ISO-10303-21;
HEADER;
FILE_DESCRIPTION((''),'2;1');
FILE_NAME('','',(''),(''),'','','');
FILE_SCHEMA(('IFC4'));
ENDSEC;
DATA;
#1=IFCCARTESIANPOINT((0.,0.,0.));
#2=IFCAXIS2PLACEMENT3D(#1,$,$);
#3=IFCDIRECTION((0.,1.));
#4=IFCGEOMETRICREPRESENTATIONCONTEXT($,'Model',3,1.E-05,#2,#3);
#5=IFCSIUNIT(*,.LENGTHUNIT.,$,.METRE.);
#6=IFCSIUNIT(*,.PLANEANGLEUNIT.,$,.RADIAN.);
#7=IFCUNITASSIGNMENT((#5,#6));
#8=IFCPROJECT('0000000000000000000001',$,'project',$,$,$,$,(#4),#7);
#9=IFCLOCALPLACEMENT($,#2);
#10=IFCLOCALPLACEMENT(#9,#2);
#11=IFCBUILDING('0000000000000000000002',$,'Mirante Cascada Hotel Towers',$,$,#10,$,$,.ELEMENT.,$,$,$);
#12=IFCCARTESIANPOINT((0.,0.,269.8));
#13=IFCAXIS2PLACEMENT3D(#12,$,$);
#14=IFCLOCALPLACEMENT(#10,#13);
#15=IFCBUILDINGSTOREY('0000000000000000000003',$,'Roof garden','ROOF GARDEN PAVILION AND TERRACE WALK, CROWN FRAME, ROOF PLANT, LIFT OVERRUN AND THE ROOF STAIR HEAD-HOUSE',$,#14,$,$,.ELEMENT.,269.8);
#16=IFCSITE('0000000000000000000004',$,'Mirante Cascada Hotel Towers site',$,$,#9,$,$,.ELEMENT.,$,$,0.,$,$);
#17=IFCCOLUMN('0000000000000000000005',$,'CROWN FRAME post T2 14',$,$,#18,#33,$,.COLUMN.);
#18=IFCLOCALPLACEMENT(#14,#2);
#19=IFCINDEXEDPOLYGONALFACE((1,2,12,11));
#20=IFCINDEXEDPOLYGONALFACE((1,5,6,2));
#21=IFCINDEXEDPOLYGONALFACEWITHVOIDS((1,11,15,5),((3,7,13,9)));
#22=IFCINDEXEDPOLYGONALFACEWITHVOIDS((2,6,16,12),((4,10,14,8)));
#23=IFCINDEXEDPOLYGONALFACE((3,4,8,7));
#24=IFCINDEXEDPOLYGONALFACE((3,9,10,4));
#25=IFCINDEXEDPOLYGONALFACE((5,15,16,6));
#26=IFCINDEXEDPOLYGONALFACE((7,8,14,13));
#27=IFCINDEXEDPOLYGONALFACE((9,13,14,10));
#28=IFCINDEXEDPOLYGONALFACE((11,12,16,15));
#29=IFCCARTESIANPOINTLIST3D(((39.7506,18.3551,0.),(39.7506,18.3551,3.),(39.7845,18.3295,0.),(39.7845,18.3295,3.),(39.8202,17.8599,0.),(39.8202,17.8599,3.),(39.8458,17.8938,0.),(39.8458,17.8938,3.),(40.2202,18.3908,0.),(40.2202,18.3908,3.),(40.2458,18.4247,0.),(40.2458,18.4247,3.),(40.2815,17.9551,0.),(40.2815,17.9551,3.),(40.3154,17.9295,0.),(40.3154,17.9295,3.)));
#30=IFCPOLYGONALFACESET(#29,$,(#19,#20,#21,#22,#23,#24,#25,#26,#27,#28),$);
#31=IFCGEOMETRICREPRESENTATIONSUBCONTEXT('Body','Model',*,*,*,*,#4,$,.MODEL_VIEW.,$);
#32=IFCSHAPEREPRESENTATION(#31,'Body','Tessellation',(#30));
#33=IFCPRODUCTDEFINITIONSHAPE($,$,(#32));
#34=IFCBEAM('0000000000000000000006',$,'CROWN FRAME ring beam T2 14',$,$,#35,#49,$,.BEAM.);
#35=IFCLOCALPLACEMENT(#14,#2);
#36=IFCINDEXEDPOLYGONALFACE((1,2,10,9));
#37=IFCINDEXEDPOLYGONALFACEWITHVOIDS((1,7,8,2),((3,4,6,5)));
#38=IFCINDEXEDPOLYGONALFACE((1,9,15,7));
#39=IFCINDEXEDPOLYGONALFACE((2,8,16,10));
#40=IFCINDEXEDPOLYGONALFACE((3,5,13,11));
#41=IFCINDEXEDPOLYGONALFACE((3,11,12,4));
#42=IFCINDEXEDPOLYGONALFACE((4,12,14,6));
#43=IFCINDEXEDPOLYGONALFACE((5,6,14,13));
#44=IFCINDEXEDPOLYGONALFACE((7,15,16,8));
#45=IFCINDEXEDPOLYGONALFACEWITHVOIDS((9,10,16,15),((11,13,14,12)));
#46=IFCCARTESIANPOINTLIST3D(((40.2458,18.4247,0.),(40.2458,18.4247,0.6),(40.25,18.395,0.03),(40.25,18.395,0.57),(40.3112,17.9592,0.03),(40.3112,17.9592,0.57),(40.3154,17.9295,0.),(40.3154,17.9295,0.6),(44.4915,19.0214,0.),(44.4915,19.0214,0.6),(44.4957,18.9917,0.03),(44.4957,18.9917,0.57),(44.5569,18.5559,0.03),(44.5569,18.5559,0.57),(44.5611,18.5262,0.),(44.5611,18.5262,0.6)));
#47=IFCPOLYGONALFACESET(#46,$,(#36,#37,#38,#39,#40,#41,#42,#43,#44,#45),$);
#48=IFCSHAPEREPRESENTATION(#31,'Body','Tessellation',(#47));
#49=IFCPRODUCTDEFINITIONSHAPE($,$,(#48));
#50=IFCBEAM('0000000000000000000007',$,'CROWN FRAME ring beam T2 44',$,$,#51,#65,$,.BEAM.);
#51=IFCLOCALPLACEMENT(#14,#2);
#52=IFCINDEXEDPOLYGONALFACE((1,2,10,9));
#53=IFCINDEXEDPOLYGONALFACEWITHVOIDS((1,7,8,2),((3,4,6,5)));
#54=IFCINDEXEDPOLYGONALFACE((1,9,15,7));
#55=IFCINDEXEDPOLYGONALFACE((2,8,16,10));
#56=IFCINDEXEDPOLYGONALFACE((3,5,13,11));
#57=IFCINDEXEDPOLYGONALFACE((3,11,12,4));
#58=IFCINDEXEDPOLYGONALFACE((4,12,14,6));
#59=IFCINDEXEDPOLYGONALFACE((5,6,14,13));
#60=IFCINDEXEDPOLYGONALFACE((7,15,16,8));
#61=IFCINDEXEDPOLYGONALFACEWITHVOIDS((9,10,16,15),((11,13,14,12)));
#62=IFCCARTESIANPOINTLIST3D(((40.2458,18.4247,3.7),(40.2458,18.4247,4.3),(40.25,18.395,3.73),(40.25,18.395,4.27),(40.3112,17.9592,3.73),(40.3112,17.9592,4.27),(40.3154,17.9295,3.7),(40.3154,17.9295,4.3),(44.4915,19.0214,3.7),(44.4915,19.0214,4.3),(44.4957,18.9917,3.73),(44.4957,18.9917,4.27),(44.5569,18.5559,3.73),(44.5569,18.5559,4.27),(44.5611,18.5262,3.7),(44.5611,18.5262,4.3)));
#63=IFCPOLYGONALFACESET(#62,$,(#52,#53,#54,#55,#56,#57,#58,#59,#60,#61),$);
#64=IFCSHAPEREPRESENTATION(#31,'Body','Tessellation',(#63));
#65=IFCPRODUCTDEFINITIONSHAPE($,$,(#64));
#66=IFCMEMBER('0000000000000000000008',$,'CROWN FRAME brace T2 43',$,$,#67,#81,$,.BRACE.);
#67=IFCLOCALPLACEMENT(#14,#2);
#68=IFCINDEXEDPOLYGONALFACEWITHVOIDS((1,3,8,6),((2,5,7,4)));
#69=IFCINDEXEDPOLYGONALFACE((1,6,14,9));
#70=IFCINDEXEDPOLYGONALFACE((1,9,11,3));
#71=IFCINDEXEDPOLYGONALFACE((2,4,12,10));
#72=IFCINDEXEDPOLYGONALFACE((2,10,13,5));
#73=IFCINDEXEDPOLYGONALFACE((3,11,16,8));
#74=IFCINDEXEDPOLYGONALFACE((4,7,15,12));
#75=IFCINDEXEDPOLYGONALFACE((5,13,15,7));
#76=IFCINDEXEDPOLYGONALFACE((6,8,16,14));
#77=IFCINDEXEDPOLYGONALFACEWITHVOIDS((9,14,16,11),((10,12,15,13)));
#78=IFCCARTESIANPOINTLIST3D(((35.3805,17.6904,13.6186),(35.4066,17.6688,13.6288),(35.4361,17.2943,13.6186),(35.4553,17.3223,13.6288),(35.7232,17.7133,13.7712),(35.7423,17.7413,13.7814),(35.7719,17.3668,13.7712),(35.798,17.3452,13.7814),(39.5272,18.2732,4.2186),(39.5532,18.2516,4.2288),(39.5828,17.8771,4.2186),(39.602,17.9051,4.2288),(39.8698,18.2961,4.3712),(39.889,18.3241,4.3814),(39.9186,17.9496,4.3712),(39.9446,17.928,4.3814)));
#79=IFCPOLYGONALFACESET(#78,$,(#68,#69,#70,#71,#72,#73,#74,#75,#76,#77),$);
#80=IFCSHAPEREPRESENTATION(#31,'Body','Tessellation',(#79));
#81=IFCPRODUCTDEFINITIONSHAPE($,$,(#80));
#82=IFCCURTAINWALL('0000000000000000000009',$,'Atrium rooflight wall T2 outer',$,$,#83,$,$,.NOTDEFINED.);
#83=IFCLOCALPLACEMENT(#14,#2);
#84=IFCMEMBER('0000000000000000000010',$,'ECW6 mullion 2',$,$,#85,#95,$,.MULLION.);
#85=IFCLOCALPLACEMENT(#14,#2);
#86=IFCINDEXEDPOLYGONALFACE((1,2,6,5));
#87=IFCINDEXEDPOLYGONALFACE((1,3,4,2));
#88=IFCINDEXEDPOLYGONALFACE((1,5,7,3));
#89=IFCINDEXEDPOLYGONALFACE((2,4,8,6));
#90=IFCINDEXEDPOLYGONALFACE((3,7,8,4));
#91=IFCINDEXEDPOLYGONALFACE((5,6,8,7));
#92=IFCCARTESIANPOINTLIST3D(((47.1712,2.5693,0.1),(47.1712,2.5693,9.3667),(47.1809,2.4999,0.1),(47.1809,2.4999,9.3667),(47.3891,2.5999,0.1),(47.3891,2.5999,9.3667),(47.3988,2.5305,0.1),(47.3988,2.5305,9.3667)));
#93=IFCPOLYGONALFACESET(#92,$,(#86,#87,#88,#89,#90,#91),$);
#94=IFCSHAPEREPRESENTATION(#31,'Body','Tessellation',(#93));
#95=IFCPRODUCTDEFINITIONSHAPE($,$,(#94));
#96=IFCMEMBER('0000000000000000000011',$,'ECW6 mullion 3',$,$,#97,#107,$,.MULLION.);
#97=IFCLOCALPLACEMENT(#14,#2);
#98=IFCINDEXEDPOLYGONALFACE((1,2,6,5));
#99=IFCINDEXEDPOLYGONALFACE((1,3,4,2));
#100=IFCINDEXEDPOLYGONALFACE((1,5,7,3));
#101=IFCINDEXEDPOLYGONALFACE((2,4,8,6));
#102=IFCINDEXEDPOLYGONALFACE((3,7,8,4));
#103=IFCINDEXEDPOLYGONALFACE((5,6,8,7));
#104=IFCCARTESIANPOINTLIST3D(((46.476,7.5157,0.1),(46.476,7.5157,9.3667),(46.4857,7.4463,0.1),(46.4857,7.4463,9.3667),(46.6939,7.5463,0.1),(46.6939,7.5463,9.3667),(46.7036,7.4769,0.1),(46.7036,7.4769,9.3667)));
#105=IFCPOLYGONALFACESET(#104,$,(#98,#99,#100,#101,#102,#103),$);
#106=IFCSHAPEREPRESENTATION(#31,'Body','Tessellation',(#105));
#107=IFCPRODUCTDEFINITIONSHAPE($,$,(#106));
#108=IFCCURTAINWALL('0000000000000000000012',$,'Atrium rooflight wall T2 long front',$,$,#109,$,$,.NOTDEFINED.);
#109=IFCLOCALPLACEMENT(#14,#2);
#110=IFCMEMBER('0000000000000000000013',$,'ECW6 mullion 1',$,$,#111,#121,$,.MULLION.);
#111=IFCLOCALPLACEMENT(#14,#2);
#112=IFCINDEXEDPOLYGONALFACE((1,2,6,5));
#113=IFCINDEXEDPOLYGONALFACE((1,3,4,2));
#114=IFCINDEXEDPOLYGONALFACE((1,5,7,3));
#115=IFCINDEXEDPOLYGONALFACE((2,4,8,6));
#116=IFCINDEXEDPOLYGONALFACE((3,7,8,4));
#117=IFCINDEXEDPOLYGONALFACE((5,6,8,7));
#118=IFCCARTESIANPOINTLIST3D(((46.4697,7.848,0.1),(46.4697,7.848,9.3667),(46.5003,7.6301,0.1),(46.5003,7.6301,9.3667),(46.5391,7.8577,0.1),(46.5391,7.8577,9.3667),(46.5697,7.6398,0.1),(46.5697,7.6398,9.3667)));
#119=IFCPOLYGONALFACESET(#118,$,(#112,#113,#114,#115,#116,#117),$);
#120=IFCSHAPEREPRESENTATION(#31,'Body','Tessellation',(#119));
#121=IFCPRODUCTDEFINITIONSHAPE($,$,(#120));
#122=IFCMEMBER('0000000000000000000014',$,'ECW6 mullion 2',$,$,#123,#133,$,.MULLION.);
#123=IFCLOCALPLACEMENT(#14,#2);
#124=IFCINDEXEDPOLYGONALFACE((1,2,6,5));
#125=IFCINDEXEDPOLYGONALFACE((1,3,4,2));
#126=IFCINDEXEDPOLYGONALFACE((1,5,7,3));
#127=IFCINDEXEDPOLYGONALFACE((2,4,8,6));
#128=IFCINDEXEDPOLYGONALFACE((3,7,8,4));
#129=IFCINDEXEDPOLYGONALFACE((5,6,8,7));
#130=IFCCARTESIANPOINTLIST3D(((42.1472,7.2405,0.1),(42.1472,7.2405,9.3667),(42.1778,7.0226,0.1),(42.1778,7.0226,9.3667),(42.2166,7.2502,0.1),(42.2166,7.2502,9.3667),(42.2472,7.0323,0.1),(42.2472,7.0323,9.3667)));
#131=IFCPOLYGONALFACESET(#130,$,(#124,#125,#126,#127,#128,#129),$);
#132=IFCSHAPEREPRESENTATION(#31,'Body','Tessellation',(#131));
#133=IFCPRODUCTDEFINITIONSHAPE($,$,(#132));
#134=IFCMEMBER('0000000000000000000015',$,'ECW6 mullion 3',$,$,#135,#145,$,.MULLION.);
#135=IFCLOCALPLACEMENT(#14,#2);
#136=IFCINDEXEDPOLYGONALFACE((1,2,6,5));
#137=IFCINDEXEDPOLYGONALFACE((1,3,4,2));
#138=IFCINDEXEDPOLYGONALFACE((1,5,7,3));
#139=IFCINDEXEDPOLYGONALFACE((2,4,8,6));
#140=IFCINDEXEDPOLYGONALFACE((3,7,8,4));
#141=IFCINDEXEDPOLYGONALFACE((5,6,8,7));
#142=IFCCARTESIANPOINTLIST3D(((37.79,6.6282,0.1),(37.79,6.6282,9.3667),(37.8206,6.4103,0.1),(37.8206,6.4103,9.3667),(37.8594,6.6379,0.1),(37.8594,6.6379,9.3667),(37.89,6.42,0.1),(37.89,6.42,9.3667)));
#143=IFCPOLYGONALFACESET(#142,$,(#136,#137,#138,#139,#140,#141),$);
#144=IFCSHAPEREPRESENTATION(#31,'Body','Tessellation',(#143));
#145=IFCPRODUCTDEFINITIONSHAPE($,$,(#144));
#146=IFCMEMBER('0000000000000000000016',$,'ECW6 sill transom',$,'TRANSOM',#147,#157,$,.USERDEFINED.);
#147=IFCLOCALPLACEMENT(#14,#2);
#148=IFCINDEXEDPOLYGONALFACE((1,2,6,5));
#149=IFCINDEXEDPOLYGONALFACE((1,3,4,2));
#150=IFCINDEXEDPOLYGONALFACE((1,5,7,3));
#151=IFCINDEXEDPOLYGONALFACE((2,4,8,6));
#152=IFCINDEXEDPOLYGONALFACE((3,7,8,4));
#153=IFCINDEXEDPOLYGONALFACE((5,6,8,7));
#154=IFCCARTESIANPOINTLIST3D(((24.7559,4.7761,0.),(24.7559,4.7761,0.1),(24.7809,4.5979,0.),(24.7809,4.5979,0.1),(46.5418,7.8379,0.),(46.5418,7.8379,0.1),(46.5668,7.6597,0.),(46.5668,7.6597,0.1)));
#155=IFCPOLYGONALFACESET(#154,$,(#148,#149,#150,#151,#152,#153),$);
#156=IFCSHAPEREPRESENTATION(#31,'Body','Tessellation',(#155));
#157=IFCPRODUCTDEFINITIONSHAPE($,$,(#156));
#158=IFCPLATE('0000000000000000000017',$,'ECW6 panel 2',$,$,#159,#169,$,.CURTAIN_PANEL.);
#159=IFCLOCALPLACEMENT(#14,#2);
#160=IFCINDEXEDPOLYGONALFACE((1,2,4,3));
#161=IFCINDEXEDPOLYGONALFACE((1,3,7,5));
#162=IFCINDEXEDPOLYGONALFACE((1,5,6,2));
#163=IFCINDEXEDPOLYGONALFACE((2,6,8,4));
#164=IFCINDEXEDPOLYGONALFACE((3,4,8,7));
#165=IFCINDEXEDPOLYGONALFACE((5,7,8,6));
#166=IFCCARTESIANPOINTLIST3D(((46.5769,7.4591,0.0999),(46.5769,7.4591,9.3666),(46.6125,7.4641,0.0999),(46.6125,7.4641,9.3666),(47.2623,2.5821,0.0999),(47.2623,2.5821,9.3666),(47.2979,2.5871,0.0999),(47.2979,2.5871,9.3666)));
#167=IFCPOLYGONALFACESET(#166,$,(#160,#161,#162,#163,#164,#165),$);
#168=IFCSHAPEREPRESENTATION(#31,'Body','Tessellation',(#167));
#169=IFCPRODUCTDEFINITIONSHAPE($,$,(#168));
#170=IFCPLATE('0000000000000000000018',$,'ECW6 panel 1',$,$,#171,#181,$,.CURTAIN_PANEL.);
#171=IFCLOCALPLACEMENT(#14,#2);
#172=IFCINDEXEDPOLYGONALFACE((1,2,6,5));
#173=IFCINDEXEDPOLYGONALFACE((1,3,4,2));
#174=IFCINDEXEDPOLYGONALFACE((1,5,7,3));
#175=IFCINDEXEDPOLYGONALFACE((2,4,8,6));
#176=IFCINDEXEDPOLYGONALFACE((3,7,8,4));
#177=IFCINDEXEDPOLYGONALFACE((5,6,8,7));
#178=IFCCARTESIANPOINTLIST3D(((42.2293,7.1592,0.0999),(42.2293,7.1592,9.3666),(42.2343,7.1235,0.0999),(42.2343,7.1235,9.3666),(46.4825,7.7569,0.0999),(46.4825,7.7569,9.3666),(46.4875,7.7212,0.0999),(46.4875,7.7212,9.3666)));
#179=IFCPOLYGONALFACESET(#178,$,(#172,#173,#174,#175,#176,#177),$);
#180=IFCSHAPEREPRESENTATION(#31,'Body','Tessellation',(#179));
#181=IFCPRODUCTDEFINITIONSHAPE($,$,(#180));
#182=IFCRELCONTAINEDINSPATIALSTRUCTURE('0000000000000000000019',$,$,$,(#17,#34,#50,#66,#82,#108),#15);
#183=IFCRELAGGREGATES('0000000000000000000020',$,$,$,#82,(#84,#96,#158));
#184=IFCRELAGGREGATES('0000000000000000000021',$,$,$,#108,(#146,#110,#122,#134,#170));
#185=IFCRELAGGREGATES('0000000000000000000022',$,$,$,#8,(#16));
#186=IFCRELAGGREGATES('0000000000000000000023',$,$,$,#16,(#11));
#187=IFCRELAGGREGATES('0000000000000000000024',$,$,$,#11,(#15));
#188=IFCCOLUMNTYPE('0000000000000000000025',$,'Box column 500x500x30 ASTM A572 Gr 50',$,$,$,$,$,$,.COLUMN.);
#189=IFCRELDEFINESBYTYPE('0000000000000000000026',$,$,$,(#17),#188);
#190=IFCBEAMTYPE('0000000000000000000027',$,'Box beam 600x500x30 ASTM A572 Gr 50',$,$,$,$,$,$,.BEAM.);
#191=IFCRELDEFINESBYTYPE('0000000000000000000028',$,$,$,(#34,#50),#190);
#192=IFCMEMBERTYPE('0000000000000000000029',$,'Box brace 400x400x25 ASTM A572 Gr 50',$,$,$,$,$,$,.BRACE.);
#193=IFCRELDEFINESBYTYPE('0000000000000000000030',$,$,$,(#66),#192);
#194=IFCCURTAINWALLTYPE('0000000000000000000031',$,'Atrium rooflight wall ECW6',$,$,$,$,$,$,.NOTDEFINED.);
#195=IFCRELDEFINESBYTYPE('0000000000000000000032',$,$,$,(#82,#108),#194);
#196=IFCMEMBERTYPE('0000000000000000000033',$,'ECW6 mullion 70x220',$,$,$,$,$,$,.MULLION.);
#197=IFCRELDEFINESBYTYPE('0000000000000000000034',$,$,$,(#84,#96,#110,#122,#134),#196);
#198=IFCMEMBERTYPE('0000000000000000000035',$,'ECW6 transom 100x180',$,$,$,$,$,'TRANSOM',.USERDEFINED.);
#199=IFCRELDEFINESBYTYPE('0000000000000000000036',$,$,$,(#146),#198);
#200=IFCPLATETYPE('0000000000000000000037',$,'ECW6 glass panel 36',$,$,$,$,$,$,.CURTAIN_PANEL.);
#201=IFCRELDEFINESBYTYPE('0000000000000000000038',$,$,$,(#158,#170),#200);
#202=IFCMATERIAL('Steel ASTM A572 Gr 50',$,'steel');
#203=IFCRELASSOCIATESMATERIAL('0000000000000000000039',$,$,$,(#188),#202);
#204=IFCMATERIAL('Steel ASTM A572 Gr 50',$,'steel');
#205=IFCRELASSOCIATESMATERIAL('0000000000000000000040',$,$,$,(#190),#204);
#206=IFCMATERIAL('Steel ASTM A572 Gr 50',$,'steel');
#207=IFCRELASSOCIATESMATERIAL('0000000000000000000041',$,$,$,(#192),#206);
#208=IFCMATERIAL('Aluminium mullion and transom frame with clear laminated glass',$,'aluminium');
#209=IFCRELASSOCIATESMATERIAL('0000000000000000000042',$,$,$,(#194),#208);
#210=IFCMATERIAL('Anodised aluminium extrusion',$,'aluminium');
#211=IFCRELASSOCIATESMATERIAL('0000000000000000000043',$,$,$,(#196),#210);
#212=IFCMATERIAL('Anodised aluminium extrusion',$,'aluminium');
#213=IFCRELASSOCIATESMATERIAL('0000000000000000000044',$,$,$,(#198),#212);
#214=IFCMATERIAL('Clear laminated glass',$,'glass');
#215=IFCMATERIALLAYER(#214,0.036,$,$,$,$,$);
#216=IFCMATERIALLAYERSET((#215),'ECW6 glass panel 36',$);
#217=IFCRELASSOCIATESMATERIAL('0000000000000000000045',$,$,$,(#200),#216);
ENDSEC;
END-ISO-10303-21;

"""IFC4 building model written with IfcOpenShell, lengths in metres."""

from ifc_helpers import new_model, si_unit, direction, frame, origin, origin_2d, place, context, subcontext, project, spatial, rectangle, hollow_rectangle, extrude, material, layer, layer_set, material_profile, profile_set, type_object, element, aggregate, save


model = new_model("IFC4")

# Units and contexts
model_context = context("Model", 3, precision=1e-05, world=origin(), true_north=direction((0.0, 1.0)))
body_context = subcontext(model_context, "Body", "Model", "MODEL_VIEW")
ifc_project = project(units=[si_unit("LENGTHUNIT", "METRE"), si_unit("PLANEANGLEUNIT", "RADIAN")], contexts=[model_context])

# Site, building, storey
site_placement = place(None, origin())
site = spatial("IfcSite", under=ifc_project, at=site_placement, Name="Mirante Cascada Hotel Towers site", CompositionType="ELEMENT", RefElevation=0.0)
building_placement = place(site_placement, origin())
building = spatial("IfcBuilding", under=site, at=building_placement, Name="Mirante Cascada Hotel Towers", CompositionType="ELEMENT")
storey_placement = place(building_placement, frame((0.0, 0.0, 269.8)))
storey = spatial("IfcBuildingStorey", under=building, at=storey_placement, Name="Roof garden", Description="ROOF GARDEN PAVILION AND TERRACE WALK, CROWN FRAME, ROOF PLANT, LIFT OVERRUN AND THE ROOF STAIR HEAD-HOUSE", CompositionType="ELEMENT", Elevation=269.8)

# Column
ifc_material_1 = material(Name="Steel ASTM A572 Gr 50", Category="steel")
ifc_material_profile_1 = material_profile(ifc_material_1, hollow_rectangle(XDim=0.5, YDim=0.5, WallThickness=0.03, at=origin_2d()), Name="Box column 500x500x30 ASTM A572 Gr 50")
ifc_profile_set_1 = profile_set([ifc_material_profile_1], Name="Steel ASTM A572 Gr 50")
column_type = type_object("IfcColumnType", Name="Box column 500x500x30 ASTM A572 Gr 50", PredefinedType="COLUMN", material=ifc_profile_set_1)
column_placement = place(storey_placement, frame((40.033, 18.1423, 0.0), z_axis=(0.0, 0.0, 1.0), x_axis=(0.990268, 0.139173, 0.0)))
element("IfcColumn", 1, at=column_placement, inside=storey, type_object=column_type, Name="CROWN FRAME post T2 14", PredefinedType="COLUMN", context=body_context, shape_type="SweptSolid", body=[
    extrude(hollow_rectangle(XDim=0.5, YDim=0.5, WallThickness=0.03, at=origin_2d()), origin(), (0.0, 0.0, 1.0), 3.0),
])

# Beams
ifc_material_2 = material(Name="Steel ASTM A572 Gr 50", Category="steel")
ifc_material_profile_2 = material_profile(ifc_material_2, hollow_rectangle(XDim=0.5, YDim=0.6, WallThickness=0.03, at=origin_2d()), Name="Box beam 600x500x30 ASTM A572 Gr 50")
ifc_profile_set_2 = profile_set([ifc_material_profile_2], Name="Steel ASTM A572 Gr 50")
beam_type = type_object("IfcBeamType", Name="Box beam 600x500x30 ASTM A572 Gr 50", PredefinedType="BEAM", material=ifc_profile_set_2)
for number, where, z_axis, x_axis, name in (
    (2, (40.2806, 18.1771, 0.3), (0.990268, 0.139174, 0.0), (-0.139174, 0.990268, 0.0), "CROWN FRAME ring beam T2 14"),
    (3, (40.2806, 18.1771, 4.0), (0.990268, 0.139174, 0.0), (-0.139174, 0.990268, 0.0), "CROWN FRAME ring beam T2 44"),
):
    element("IfcBeam", number, at=place(storey_placement, frame(where, z_axis=z_axis, x_axis=x_axis)), inside=storey, type_object=beam_type, Name=name, PredefinedType="BEAM", context=body_context, shape_type="SweptSolid", body=[
        extrude(hollow_rectangle(XDim=0.5, YDim=0.6, WallThickness=0.03, at=origin_2d()), origin(), (0.0, 0.0, 1.0), 4.2874),
    ])

# Member
ifc_material_3 = material(Name="Steel ASTM A572 Gr 50", Category="steel")
ifc_material_profile_3 = material_profile(ifc_material_3, hollow_rectangle(XDim=0.4, YDim=0.4, WallThickness=0.025, at=origin_2d()), Name="Box brace 400x400x25 ASTM A572 Gr 50")
ifc_profile_set_3 = profile_set([ifc_material_profile_3], Name="Steel ASTM A572 Gr 50")
member_type_1 = type_object("IfcMemberType", Name="Box brace 400x400x25 ASTM A572 Gr 50", PredefinedType="BRACE", material=ifc_profile_set_3)
member_1_placement = place(storey_placement, frame((39.7359, 18.1006, 4.3), z_axis=(-0.402963, -0.056635, 0.913462), x_axis=(0.139178, -0.990267, 0.0)))
element("IfcMember", 4, at=member_1_placement, inside=storey, type_object=member_type_1, Name="CROWN FRAME brace T2 43", PredefinedType="BRACE", context=body_context, shape_type="SweptSolid", body=[
    extrude(hollow_rectangle(XDim=0.4, YDim=0.4, WallThickness=0.025, at=origin_2d()), origin(), (0.0, 0.0, 1.0), 10.2905),
])

# Curtain walls, members
ifc_material_4 = material(Name="Aluminium mullion and transom frame with clear laminated glass", Category="aluminium")
curtain_wall_type = type_object("IfcCurtainWallType", Name="Atrium rooflight wall ECW6", PredefinedType="NOTDEFINED", material=ifc_material_4)
curtain_wall_1_placement = place(storey_placement, origin())
curtain_wall_1 = element("IfcCurtainWall", 5, at=curtain_wall_1_placement, inside=storey, type_object=curtain_wall_type, Name="Atrium rooflight wall T2 outer", PredefinedType="NOTDEFINED")
ifc_material_5 = material(Name="Anodised aluminium extrusion", Category="aluminium")
ifc_material_profile_4 = material_profile(ifc_material_5, rectangle(XDim=0.22, YDim=0.07, at=origin_2d()), Name="ECW6 MULLION 70x220")
ifc_profile_set_4 = profile_set([ifc_material_profile_4], Name="Anodised aluminium extrusion")
member_type_2 = type_object("IfcMemberType", Name="ECW6 mullion 70x220", PredefinedType="MULLION", material=ifc_profile_set_4)
member_2_placement = place(storey_placement, frame((47.285, 2.5499, 0.1), z_axis=(0.0, 0.0, 1.0), x_axis=(-0.990268, -0.139173, 0.0)))
member_2 = element("IfcMember", 6, at=member_2_placement, type_object=member_type_2, Name="ECW6 mullion 2", PredefinedType="MULLION", context=body_context, shape_type="SweptSolid", body=[
    extrude(rectangle(XDim=0.22, YDim=0.07, at=origin_2d()), origin(), (0.0, 0.0, 1.0), 9.2667),
])
member_3_placement = place(storey_placement, frame((46.5898, 7.4963, 0.1), z_axis=(0.0, 0.0, 1.0), x_axis=(-0.990268, -0.139173, 0.0)))
member_3 = element("IfcMember", 7, at=member_3_placement, type_object=member_type_2, Name="ECW6 mullion 3", PredefinedType="MULLION", context=body_context, shape_type="SweptSolid", body=[
    extrude(rectangle(XDim=0.22, YDim=0.07, at=origin_2d()), origin(), (0.0, 0.0, 1.0), 9.2667),
])
curtain_wall_2_placement = place(storey_placement, origin())
curtain_wall_2 = element("IfcCurtainWall", 8, at=curtain_wall_2_placement, inside=storey, type_object=curtain_wall_type, Name="Atrium rooflight wall T2 long front", PredefinedType="NOTDEFINED")
member_4_placement = place(storey_placement, frame((46.5197, 7.7439, 0.1), z_axis=(0.0, 0.0, 1.0), x_axis=(0.139173, -0.990268, 0.0)))
member_4 = element("IfcMember", 9, at=member_4_placement, type_object=member_type_2, Name="ECW6 mullion 1", PredefinedType="MULLION", context=body_context, shape_type="SweptSolid", body=[
    extrude(rectangle(XDim=0.22, YDim=0.07, at=origin_2d()), origin(), (0.0, 0.0, 1.0), 9.2667),
])
member_5_placement = place(storey_placement, frame((42.1972, 7.1364, 0.1), z_axis=(0.0, 0.0, 1.0), x_axis=(0.139173, -0.990268, 0.0)))
member_5 = element("IfcMember", 10, at=member_5_placement, type_object=member_type_2, Name="ECW6 mullion 2", PredefinedType="MULLION", context=body_context, shape_type="SweptSolid", body=[
    extrude(rectangle(XDim=0.22, YDim=0.07, at=origin_2d()), origin(), (0.0, 0.0, 1.0), 9.2667),
])
member_6_placement = place(storey_placement, frame((37.84, 6.5241, 0.1), z_axis=(0.0, 0.0, 1.0), x_axis=(0.139173, -0.990268, 0.0)))
member_6 = element("IfcMember", 11, at=member_6_placement, type_object=member_type_2, Name="ECW6 mullion 3", PredefinedType="MULLION", context=body_context, shape_type="SweptSolid", body=[
    extrude(rectangle(XDim=0.22, YDim=0.07, at=origin_2d()), origin(), (0.0, 0.0, 1.0), 9.2667),
])
ifc_material_6 = material(Name="Anodised aluminium extrusion", Category="aluminium")
ifc_material_profile_5 = material_profile(ifc_material_6, rectangle(XDim=0.18, YDim=0.1, at=origin_2d()), Name="ECW6 TRANSOM 100x180")
ifc_profile_set_5 = profile_set([ifc_material_profile_5], Name="Anodised aluminium extrusion")
member_type_3 = type_object("IfcMemberType", Name="ECW6 transom 100x180", ElementType="TRANSOM", PredefinedType="USERDEFINED", material=ifc_profile_set_5)
member_7_placement = place(storey_placement, frame((46.5543, 7.7488, 0.05), z_axis=(-0.990268, -0.139173, 0.0), x_axis=(0.139173, -0.990268, 0.0)))
member_7 = element("IfcMember", 12, at=member_7_placement, type_object=member_type_3, Name="ECW6 sill transom", ObjectType="TRANSOM", PredefinedType="USERDEFINED", context=body_context, shape_type="SweptSolid", body=[
    extrude(rectangle(XDim=0.18, YDim=0.1, at=origin_2d()), origin(), (0.0, 0.0, 1.0), 22.0),
])

# Plates
ifc_material_7 = material(Name="Clear laminated glass", Category="glass")
ifc_layer_1 = layer(ifc_material_7, 0.036)
ifc_layer_set_1 = layer_set([ifc_layer_1], Name="ECW6 glass panel 36")
plate_type = type_object("IfcPlateType", Name="ECW6 glass panel 36", PredefinedType="CURTAIN_PANEL", material=ifc_layer_set_1)
plate_1_placement = place(storey_placement, frame((46.9374, 5.0231, 0.0999), z_axis=(0.0, 0.0, 1.0), x_axis=(-0.139173, 0.990268, 0.0)))
plate_1 = element("IfcPlate", 13, at=plate_1_placement, type_object=plate_type, Name="ECW6 panel 2", PredefinedType="CURTAIN_PANEL", context=body_context, shape_type="SweptSolid", body=[
    extrude(rectangle(XDim=4.925, YDim=0.036, at=origin_2d()), origin(), (0.0, 0.0, 1.0), 9.2667),
])
aggregate(curtain_wall_1, [member_2, member_3, plate_1])
plate_2_placement = place(storey_placement, frame((44.3584, 7.4402, 0.0999), z_axis=(0.0, 0.0, 1.0), x_axis=(-0.990268, -0.139173, 0.0)))
plate_2 = element("IfcPlate", 14, at=plate_2_placement, type_object=plate_type, Name="ECW6 panel 1", PredefinedType="CURTAIN_PANEL", context=body_context, shape_type="SweptSolid", body=[
    extrude(rectangle(XDim=4.295, YDim=0.036, at=origin_2d()), origin(), (0.0, 0.0, 1.0), 9.2667),
])
aggregate(curtain_wall_2, [member_7, member_4, member_5, member_6, plate_2])

save(model, "model.ifc")
